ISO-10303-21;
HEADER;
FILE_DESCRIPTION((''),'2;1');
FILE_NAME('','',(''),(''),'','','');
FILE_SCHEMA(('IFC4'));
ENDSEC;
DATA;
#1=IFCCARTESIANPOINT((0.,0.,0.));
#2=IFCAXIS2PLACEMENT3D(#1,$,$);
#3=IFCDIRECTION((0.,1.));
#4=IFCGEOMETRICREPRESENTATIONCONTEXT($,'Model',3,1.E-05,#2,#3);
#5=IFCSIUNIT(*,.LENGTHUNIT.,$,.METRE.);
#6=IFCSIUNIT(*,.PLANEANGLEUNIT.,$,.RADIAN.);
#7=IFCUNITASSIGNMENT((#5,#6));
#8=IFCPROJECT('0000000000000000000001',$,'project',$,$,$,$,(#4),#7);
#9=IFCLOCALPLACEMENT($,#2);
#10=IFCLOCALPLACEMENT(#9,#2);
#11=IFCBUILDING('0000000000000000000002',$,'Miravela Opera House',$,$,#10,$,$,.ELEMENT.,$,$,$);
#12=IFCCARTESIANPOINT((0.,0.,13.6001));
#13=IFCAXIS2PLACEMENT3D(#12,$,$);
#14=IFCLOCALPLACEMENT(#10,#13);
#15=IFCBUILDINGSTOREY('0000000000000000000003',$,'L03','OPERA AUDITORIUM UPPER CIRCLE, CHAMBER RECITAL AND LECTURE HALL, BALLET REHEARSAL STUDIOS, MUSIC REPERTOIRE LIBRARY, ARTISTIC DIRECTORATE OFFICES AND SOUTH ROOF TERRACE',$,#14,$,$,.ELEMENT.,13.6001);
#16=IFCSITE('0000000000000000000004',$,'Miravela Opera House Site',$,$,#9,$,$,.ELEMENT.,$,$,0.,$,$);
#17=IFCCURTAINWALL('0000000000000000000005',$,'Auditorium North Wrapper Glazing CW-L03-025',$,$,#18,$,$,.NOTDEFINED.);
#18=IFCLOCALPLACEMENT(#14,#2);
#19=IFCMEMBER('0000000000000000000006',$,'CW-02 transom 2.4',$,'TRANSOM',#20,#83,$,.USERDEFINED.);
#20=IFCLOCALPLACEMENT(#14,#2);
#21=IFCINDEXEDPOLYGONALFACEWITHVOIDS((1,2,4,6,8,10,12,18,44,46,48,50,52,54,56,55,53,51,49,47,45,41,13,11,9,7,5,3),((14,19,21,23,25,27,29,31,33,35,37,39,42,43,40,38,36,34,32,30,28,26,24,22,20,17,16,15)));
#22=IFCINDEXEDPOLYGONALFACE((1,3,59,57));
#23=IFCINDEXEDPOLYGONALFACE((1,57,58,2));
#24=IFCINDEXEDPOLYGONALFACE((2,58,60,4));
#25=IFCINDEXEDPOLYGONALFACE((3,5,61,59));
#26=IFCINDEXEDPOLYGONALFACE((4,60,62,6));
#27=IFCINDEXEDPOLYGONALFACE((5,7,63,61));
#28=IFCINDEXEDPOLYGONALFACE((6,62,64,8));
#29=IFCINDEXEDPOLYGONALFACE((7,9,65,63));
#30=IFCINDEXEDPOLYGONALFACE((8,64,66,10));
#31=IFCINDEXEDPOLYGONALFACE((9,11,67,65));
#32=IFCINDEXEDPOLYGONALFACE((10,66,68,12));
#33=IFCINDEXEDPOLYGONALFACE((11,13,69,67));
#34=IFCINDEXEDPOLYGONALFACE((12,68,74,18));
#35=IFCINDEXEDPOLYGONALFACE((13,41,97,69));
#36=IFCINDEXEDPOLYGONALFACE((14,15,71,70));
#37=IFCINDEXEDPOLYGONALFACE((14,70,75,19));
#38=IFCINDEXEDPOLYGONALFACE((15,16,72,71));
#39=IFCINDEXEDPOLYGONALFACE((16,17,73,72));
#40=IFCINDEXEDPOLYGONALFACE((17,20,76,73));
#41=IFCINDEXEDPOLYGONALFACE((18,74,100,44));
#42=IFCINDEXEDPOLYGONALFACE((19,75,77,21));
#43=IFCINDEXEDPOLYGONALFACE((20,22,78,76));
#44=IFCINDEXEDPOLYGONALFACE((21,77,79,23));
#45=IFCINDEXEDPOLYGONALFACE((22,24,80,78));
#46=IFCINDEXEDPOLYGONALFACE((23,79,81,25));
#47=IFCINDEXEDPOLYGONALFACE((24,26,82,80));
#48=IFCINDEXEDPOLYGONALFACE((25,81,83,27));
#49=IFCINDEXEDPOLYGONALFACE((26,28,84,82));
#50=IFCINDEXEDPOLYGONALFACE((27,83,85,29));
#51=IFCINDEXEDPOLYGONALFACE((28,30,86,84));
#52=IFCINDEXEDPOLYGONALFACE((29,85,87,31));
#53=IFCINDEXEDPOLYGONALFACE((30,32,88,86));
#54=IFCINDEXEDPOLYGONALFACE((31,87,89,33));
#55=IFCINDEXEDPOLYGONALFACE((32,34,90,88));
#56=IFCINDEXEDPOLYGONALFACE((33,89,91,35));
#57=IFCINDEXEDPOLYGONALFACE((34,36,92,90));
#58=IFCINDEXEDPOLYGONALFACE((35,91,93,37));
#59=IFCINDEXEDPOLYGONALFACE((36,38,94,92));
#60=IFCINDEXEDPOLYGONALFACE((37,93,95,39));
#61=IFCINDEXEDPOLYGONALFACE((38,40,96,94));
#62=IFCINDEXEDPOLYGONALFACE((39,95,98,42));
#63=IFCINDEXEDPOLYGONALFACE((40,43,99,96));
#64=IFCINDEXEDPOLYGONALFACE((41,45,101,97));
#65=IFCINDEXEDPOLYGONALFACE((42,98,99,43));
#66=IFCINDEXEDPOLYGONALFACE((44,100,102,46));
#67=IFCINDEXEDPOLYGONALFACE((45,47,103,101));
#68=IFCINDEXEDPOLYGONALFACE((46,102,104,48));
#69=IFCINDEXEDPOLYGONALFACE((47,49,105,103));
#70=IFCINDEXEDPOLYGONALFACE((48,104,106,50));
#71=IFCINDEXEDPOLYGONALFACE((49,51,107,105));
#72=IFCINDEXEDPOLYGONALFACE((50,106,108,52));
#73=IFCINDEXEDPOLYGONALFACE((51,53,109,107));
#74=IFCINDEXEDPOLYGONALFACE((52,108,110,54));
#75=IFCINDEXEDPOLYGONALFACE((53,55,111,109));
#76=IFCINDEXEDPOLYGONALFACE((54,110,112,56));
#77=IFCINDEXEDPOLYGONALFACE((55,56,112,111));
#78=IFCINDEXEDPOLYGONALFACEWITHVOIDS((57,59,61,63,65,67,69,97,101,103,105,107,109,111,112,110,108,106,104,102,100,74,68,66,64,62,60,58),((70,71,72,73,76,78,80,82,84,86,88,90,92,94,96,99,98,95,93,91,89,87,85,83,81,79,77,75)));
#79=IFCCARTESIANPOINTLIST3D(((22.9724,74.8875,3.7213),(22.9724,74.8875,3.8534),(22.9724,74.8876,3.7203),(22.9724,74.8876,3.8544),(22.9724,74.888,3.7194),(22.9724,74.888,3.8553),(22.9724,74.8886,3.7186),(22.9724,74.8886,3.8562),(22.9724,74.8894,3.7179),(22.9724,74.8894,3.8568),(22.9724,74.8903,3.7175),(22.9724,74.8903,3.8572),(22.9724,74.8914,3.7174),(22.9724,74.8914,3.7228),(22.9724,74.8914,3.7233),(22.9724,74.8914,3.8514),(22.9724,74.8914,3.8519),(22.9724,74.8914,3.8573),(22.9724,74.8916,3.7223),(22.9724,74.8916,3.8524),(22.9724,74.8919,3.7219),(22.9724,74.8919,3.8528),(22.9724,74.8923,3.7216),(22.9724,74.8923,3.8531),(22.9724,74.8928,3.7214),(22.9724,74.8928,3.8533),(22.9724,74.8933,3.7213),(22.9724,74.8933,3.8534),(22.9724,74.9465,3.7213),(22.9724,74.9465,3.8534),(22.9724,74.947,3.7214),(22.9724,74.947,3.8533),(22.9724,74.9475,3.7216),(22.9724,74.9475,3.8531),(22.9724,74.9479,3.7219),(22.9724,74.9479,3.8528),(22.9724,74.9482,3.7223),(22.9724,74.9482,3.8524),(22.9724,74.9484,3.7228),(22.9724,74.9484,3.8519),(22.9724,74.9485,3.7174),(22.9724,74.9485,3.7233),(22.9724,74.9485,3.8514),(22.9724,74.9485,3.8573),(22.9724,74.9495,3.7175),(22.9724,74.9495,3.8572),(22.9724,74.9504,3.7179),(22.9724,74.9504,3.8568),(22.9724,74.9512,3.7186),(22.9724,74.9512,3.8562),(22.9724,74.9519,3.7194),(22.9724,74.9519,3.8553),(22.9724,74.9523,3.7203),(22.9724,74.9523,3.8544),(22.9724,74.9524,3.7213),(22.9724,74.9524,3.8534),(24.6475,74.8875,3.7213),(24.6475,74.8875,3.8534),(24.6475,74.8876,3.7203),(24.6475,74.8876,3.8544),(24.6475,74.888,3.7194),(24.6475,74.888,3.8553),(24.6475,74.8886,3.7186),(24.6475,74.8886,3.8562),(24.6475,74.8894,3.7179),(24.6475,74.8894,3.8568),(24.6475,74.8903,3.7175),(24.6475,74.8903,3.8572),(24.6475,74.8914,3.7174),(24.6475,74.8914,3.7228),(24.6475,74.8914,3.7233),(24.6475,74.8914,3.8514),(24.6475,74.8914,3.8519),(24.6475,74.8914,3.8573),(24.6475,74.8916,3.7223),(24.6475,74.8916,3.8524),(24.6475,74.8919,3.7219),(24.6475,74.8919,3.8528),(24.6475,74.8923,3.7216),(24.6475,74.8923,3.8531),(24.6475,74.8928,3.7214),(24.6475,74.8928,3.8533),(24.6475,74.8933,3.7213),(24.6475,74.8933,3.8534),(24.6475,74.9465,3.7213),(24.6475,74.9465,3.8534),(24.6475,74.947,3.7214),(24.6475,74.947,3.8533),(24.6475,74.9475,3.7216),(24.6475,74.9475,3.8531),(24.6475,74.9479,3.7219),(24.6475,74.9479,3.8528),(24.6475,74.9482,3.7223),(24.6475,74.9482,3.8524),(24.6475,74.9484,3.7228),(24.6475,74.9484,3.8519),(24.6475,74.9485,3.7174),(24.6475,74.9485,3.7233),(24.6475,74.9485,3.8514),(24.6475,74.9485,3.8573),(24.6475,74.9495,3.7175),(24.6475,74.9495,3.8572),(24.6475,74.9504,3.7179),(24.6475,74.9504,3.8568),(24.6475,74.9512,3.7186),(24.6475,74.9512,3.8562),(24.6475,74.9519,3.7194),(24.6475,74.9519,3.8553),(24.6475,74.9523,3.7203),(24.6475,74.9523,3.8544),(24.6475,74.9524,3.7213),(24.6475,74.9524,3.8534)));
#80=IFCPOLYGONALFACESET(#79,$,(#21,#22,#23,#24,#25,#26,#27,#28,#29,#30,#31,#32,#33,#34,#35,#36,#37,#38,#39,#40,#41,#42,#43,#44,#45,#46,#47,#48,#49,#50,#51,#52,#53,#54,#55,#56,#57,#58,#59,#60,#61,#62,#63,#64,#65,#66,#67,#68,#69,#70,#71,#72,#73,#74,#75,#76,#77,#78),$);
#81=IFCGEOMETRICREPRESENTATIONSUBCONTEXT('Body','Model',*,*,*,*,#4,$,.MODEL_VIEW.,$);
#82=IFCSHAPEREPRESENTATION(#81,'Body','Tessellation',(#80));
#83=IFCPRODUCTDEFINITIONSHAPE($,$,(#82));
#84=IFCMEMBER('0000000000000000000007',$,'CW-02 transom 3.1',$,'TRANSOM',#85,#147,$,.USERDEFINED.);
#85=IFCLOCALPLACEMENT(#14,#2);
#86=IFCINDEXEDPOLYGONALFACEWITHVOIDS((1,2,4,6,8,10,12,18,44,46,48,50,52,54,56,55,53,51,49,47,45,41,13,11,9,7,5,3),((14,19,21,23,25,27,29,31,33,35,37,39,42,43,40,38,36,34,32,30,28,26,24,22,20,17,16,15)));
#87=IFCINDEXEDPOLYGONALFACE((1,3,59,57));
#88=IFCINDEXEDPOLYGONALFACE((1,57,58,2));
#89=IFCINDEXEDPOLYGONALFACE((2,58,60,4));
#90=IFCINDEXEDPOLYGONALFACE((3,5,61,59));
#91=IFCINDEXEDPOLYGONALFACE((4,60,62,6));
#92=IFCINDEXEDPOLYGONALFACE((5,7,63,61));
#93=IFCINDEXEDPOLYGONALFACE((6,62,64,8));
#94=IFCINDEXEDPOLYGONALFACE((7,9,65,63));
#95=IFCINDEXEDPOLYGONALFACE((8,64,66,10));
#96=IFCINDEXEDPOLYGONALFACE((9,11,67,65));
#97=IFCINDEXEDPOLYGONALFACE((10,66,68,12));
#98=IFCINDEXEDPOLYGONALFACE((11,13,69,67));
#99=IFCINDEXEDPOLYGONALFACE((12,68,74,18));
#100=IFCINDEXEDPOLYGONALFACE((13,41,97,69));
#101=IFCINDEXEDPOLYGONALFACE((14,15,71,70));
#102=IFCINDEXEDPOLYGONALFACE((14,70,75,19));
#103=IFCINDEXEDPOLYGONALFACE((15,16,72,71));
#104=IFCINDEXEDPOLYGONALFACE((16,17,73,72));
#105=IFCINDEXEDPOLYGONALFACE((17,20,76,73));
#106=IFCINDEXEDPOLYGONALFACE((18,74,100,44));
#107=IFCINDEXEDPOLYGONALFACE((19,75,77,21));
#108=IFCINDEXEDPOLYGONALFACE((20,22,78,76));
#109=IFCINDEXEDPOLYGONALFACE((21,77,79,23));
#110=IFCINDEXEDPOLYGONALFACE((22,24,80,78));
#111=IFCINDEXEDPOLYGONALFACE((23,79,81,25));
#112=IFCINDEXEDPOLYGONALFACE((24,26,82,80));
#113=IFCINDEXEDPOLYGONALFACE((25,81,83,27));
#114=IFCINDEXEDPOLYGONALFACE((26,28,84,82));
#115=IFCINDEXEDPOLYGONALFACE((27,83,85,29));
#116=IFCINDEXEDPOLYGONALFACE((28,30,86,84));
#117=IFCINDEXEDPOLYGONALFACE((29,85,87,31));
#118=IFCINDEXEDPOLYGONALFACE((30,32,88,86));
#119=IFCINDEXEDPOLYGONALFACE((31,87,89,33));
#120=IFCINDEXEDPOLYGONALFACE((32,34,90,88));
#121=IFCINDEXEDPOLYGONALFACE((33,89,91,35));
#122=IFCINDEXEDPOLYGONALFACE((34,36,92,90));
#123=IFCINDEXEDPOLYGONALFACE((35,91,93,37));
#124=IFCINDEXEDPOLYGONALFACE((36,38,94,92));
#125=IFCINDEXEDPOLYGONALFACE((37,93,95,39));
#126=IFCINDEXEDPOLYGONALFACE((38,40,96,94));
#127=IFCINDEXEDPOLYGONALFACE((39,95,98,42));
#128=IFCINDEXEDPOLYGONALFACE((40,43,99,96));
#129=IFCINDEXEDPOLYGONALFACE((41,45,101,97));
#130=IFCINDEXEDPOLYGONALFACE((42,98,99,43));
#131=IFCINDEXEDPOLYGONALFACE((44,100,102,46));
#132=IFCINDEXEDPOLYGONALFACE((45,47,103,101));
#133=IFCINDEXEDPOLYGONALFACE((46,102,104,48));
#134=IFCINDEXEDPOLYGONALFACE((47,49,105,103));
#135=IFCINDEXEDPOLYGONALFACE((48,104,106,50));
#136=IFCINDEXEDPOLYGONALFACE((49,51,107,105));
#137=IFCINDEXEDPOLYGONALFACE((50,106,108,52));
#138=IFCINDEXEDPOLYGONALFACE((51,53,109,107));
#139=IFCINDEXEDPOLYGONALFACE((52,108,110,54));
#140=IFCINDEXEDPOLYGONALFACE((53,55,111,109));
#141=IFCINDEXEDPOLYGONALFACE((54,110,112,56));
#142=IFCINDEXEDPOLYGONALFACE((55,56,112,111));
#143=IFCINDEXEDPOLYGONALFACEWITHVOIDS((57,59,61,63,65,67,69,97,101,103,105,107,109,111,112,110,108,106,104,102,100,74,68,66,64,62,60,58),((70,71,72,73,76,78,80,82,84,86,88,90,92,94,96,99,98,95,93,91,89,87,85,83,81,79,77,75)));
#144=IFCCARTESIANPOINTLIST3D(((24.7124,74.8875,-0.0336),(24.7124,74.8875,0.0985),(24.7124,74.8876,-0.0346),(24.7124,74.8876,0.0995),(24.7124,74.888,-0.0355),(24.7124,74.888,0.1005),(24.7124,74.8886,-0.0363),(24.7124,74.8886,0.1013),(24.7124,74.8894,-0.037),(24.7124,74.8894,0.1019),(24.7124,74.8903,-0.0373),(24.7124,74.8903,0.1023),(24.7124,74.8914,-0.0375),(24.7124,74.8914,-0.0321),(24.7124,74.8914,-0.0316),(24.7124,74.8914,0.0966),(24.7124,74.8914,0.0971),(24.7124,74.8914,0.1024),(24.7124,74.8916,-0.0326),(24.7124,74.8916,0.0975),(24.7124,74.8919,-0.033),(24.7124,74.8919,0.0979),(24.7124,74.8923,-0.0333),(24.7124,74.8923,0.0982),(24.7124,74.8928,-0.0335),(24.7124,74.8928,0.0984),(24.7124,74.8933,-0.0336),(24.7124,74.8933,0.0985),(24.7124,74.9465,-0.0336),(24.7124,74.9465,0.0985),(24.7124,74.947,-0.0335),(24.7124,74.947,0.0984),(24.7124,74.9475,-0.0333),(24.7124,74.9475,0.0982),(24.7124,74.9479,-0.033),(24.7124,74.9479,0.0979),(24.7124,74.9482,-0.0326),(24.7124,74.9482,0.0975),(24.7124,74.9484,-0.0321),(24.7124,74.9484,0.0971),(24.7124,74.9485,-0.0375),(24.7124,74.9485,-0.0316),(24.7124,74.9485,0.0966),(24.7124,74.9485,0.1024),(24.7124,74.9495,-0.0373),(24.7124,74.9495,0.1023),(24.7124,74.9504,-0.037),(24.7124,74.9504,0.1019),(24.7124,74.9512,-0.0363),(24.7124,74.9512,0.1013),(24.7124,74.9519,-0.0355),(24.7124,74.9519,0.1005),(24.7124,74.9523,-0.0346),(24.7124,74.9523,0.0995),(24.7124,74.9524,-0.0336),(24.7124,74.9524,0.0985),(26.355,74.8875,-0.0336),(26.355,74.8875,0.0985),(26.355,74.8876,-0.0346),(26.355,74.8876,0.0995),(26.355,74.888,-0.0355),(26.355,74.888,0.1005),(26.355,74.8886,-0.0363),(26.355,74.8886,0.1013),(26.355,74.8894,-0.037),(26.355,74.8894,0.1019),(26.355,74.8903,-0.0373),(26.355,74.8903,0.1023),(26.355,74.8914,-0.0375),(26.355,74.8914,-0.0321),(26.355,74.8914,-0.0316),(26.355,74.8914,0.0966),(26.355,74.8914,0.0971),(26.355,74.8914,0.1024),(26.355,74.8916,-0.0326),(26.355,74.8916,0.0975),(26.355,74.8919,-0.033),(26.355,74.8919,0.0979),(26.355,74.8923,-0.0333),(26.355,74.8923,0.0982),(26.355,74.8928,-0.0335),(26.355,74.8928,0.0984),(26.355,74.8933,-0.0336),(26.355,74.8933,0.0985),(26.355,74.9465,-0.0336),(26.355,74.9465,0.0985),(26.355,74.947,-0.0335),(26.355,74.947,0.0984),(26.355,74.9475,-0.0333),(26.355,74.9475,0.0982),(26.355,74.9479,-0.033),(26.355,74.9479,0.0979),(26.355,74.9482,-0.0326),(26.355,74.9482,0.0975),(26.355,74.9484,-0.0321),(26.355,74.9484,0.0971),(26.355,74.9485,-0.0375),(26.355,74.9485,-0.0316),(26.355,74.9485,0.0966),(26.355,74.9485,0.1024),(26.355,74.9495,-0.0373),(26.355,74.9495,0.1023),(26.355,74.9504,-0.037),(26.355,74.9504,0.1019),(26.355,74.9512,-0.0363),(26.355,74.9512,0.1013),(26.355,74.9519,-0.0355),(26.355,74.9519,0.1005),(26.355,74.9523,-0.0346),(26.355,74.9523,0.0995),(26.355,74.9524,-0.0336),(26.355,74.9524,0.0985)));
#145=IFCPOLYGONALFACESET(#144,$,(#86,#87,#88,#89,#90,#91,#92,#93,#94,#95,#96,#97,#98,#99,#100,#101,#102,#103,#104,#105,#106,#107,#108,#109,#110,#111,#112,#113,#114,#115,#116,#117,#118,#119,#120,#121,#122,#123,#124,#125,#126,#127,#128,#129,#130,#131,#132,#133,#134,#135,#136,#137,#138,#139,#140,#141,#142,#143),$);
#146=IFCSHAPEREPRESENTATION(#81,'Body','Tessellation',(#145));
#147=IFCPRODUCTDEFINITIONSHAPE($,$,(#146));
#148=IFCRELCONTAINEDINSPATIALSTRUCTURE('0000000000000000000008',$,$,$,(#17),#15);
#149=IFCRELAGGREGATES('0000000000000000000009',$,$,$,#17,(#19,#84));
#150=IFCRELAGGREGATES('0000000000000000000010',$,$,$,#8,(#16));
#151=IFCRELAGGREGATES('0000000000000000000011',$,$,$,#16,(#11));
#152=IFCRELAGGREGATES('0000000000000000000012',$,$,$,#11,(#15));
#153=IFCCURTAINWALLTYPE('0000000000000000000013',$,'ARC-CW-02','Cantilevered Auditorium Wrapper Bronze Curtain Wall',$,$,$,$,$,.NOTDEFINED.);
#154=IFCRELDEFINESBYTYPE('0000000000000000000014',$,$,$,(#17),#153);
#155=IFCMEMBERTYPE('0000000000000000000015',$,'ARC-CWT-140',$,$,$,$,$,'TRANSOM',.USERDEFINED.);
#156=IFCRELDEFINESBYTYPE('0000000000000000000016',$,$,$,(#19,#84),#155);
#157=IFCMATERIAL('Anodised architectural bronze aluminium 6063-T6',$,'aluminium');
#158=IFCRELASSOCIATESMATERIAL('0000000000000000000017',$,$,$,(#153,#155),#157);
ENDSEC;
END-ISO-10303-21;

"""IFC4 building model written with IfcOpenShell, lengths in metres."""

from ifc_helpers import new_model, si_unit, direction, frame, origin, origin_2d, place, context, subcontext, project, spatial, hollow_rectangle, extrude, material, material_profile, profile_set, type_object, element, aggregate, save


model = new_model("IFC4")

# Units and contexts
model_context = context("Model", 3, precision=1e-05, world=origin(), true_north=direction((0.0, 1.0)))
body_context = subcontext(model_context, "Body", "Model", "MODEL_VIEW")
ifc_project = project(units=[si_unit("LENGTHUNIT", "METRE"), si_unit("PLANEANGLEUNIT", "RADIAN")], contexts=[model_context])

# Site, building, storey
site_placement = place(None, origin())
site = spatial("IfcSite", under=ifc_project, at=site_placement, Name="Miravela Opera House Site", CompositionType="ELEMENT", RefElevation=0.0)
building_placement = place(site_placement, origin())
building = spatial("IfcBuilding", under=site, at=building_placement, Name="Miravela Opera House", CompositionType="ELEMENT")
storey_placement = place(building_placement, frame((0.0, 0.0, 13.6001)))
storey = spatial("IfcBuildingStorey", under=building, at=storey_placement, Name="L03", Description="OPERA AUDITORIUM UPPER CIRCLE, CHAMBER RECITAL AND LECTURE HALL, BALLET REHEARSAL STUDIOS, MUSIC REPERTOIRE LIBRARY, ARTISTIC DIRECTORATE OFFICES AND SOUTH ROOF TERRACE", CompositionType="ELEMENT", Elevation=13.6001)

# Shared definitions
ifc_material_1 = material(Name="Anodised architectural bronze aluminium 6063-T6", Category="aluminium")
curtain_wall_type = type_object("IfcCurtainWallType", Name="ARC-CW-02", Description="Cantilevered Auditorium Wrapper Bronze Curtain Wall", PredefinedType="NOTDEFINED", material=ifc_material_1)

# Curtain wall, members
curtain_wall_1_placement = place(storey_placement, origin())
curtain_wall_1 = element("IfcCurtainWall", 1, at=curtain_wall_1_placement, inside=storey, type_object=curtain_wall_type, Name="Auditorium North Wrapper Glazing CW-L03-025", PredefinedType="NOTDEFINED")
ifc_material_profile_1 = material_profile(ifc_material_1, hollow_rectangle(XDim=0.0649, YDim=0.1399, WallThickness=0.0039, InnerFilletRadius=0.002, OuterFilletRadius=0.0039, at=origin_2d()), Name="CWT-65X140")
ifc_profile_set_1 = profile_set([ifc_material_profile_1])
member_type_1 = type_object("IfcMemberType", Name="ARC-CWT-140", ElementType="TRANSOM", PredefinedType="USERDEFINED", material=ifc_profile_set_1)
member_1_placement = place(storey_placement, frame((22.9724, 74.9199, 3.7874), z_axis=(1.0, 0.0, 0.0), x_axis=(0.0, 1.0, 0.0)))
member_1 = element("IfcMember", 2, at=member_1_placement, type_object=member_type_1, Name="CW-02 transom 2.4", ObjectType="TRANSOM", PredefinedType="USERDEFINED", context=body_context, shape_type="SweptSolid", body=[
    extrude(hollow_rectangle(XDim=0.0649, YDim=0.1399, WallThickness=0.0039, InnerFilletRadius=0.002, OuterFilletRadius=0.0039, at=origin_2d()), origin(), (0.0, 0.0, 1.0), 1.675),
])
member_2_placement = place(storey_placement, frame((24.7124, 74.9199, 0.0325), z_axis=(1.0, 0.0, 0.0), x_axis=(0.0, 1.0, 0.0)))
member_2 = element("IfcMember", 3, at=member_2_placement, type_object=member_type_1, Name="CW-02 transom 3.1", ObjectType="TRANSOM", PredefinedType="USERDEFINED", context=body_context, shape_type="SweptSolid", body=[
    extrude(hollow_rectangle(XDim=0.0649, YDim=0.1399, WallThickness=0.0039, InnerFilletRadius=0.002, OuterFilletRadius=0.0039, at=origin_2d()), origin(), (0.0, 0.0, 1.0), 1.6426),
])

aggregate(curtain_wall_1, [member_1, member_2])

save(model, "model.ifc")
